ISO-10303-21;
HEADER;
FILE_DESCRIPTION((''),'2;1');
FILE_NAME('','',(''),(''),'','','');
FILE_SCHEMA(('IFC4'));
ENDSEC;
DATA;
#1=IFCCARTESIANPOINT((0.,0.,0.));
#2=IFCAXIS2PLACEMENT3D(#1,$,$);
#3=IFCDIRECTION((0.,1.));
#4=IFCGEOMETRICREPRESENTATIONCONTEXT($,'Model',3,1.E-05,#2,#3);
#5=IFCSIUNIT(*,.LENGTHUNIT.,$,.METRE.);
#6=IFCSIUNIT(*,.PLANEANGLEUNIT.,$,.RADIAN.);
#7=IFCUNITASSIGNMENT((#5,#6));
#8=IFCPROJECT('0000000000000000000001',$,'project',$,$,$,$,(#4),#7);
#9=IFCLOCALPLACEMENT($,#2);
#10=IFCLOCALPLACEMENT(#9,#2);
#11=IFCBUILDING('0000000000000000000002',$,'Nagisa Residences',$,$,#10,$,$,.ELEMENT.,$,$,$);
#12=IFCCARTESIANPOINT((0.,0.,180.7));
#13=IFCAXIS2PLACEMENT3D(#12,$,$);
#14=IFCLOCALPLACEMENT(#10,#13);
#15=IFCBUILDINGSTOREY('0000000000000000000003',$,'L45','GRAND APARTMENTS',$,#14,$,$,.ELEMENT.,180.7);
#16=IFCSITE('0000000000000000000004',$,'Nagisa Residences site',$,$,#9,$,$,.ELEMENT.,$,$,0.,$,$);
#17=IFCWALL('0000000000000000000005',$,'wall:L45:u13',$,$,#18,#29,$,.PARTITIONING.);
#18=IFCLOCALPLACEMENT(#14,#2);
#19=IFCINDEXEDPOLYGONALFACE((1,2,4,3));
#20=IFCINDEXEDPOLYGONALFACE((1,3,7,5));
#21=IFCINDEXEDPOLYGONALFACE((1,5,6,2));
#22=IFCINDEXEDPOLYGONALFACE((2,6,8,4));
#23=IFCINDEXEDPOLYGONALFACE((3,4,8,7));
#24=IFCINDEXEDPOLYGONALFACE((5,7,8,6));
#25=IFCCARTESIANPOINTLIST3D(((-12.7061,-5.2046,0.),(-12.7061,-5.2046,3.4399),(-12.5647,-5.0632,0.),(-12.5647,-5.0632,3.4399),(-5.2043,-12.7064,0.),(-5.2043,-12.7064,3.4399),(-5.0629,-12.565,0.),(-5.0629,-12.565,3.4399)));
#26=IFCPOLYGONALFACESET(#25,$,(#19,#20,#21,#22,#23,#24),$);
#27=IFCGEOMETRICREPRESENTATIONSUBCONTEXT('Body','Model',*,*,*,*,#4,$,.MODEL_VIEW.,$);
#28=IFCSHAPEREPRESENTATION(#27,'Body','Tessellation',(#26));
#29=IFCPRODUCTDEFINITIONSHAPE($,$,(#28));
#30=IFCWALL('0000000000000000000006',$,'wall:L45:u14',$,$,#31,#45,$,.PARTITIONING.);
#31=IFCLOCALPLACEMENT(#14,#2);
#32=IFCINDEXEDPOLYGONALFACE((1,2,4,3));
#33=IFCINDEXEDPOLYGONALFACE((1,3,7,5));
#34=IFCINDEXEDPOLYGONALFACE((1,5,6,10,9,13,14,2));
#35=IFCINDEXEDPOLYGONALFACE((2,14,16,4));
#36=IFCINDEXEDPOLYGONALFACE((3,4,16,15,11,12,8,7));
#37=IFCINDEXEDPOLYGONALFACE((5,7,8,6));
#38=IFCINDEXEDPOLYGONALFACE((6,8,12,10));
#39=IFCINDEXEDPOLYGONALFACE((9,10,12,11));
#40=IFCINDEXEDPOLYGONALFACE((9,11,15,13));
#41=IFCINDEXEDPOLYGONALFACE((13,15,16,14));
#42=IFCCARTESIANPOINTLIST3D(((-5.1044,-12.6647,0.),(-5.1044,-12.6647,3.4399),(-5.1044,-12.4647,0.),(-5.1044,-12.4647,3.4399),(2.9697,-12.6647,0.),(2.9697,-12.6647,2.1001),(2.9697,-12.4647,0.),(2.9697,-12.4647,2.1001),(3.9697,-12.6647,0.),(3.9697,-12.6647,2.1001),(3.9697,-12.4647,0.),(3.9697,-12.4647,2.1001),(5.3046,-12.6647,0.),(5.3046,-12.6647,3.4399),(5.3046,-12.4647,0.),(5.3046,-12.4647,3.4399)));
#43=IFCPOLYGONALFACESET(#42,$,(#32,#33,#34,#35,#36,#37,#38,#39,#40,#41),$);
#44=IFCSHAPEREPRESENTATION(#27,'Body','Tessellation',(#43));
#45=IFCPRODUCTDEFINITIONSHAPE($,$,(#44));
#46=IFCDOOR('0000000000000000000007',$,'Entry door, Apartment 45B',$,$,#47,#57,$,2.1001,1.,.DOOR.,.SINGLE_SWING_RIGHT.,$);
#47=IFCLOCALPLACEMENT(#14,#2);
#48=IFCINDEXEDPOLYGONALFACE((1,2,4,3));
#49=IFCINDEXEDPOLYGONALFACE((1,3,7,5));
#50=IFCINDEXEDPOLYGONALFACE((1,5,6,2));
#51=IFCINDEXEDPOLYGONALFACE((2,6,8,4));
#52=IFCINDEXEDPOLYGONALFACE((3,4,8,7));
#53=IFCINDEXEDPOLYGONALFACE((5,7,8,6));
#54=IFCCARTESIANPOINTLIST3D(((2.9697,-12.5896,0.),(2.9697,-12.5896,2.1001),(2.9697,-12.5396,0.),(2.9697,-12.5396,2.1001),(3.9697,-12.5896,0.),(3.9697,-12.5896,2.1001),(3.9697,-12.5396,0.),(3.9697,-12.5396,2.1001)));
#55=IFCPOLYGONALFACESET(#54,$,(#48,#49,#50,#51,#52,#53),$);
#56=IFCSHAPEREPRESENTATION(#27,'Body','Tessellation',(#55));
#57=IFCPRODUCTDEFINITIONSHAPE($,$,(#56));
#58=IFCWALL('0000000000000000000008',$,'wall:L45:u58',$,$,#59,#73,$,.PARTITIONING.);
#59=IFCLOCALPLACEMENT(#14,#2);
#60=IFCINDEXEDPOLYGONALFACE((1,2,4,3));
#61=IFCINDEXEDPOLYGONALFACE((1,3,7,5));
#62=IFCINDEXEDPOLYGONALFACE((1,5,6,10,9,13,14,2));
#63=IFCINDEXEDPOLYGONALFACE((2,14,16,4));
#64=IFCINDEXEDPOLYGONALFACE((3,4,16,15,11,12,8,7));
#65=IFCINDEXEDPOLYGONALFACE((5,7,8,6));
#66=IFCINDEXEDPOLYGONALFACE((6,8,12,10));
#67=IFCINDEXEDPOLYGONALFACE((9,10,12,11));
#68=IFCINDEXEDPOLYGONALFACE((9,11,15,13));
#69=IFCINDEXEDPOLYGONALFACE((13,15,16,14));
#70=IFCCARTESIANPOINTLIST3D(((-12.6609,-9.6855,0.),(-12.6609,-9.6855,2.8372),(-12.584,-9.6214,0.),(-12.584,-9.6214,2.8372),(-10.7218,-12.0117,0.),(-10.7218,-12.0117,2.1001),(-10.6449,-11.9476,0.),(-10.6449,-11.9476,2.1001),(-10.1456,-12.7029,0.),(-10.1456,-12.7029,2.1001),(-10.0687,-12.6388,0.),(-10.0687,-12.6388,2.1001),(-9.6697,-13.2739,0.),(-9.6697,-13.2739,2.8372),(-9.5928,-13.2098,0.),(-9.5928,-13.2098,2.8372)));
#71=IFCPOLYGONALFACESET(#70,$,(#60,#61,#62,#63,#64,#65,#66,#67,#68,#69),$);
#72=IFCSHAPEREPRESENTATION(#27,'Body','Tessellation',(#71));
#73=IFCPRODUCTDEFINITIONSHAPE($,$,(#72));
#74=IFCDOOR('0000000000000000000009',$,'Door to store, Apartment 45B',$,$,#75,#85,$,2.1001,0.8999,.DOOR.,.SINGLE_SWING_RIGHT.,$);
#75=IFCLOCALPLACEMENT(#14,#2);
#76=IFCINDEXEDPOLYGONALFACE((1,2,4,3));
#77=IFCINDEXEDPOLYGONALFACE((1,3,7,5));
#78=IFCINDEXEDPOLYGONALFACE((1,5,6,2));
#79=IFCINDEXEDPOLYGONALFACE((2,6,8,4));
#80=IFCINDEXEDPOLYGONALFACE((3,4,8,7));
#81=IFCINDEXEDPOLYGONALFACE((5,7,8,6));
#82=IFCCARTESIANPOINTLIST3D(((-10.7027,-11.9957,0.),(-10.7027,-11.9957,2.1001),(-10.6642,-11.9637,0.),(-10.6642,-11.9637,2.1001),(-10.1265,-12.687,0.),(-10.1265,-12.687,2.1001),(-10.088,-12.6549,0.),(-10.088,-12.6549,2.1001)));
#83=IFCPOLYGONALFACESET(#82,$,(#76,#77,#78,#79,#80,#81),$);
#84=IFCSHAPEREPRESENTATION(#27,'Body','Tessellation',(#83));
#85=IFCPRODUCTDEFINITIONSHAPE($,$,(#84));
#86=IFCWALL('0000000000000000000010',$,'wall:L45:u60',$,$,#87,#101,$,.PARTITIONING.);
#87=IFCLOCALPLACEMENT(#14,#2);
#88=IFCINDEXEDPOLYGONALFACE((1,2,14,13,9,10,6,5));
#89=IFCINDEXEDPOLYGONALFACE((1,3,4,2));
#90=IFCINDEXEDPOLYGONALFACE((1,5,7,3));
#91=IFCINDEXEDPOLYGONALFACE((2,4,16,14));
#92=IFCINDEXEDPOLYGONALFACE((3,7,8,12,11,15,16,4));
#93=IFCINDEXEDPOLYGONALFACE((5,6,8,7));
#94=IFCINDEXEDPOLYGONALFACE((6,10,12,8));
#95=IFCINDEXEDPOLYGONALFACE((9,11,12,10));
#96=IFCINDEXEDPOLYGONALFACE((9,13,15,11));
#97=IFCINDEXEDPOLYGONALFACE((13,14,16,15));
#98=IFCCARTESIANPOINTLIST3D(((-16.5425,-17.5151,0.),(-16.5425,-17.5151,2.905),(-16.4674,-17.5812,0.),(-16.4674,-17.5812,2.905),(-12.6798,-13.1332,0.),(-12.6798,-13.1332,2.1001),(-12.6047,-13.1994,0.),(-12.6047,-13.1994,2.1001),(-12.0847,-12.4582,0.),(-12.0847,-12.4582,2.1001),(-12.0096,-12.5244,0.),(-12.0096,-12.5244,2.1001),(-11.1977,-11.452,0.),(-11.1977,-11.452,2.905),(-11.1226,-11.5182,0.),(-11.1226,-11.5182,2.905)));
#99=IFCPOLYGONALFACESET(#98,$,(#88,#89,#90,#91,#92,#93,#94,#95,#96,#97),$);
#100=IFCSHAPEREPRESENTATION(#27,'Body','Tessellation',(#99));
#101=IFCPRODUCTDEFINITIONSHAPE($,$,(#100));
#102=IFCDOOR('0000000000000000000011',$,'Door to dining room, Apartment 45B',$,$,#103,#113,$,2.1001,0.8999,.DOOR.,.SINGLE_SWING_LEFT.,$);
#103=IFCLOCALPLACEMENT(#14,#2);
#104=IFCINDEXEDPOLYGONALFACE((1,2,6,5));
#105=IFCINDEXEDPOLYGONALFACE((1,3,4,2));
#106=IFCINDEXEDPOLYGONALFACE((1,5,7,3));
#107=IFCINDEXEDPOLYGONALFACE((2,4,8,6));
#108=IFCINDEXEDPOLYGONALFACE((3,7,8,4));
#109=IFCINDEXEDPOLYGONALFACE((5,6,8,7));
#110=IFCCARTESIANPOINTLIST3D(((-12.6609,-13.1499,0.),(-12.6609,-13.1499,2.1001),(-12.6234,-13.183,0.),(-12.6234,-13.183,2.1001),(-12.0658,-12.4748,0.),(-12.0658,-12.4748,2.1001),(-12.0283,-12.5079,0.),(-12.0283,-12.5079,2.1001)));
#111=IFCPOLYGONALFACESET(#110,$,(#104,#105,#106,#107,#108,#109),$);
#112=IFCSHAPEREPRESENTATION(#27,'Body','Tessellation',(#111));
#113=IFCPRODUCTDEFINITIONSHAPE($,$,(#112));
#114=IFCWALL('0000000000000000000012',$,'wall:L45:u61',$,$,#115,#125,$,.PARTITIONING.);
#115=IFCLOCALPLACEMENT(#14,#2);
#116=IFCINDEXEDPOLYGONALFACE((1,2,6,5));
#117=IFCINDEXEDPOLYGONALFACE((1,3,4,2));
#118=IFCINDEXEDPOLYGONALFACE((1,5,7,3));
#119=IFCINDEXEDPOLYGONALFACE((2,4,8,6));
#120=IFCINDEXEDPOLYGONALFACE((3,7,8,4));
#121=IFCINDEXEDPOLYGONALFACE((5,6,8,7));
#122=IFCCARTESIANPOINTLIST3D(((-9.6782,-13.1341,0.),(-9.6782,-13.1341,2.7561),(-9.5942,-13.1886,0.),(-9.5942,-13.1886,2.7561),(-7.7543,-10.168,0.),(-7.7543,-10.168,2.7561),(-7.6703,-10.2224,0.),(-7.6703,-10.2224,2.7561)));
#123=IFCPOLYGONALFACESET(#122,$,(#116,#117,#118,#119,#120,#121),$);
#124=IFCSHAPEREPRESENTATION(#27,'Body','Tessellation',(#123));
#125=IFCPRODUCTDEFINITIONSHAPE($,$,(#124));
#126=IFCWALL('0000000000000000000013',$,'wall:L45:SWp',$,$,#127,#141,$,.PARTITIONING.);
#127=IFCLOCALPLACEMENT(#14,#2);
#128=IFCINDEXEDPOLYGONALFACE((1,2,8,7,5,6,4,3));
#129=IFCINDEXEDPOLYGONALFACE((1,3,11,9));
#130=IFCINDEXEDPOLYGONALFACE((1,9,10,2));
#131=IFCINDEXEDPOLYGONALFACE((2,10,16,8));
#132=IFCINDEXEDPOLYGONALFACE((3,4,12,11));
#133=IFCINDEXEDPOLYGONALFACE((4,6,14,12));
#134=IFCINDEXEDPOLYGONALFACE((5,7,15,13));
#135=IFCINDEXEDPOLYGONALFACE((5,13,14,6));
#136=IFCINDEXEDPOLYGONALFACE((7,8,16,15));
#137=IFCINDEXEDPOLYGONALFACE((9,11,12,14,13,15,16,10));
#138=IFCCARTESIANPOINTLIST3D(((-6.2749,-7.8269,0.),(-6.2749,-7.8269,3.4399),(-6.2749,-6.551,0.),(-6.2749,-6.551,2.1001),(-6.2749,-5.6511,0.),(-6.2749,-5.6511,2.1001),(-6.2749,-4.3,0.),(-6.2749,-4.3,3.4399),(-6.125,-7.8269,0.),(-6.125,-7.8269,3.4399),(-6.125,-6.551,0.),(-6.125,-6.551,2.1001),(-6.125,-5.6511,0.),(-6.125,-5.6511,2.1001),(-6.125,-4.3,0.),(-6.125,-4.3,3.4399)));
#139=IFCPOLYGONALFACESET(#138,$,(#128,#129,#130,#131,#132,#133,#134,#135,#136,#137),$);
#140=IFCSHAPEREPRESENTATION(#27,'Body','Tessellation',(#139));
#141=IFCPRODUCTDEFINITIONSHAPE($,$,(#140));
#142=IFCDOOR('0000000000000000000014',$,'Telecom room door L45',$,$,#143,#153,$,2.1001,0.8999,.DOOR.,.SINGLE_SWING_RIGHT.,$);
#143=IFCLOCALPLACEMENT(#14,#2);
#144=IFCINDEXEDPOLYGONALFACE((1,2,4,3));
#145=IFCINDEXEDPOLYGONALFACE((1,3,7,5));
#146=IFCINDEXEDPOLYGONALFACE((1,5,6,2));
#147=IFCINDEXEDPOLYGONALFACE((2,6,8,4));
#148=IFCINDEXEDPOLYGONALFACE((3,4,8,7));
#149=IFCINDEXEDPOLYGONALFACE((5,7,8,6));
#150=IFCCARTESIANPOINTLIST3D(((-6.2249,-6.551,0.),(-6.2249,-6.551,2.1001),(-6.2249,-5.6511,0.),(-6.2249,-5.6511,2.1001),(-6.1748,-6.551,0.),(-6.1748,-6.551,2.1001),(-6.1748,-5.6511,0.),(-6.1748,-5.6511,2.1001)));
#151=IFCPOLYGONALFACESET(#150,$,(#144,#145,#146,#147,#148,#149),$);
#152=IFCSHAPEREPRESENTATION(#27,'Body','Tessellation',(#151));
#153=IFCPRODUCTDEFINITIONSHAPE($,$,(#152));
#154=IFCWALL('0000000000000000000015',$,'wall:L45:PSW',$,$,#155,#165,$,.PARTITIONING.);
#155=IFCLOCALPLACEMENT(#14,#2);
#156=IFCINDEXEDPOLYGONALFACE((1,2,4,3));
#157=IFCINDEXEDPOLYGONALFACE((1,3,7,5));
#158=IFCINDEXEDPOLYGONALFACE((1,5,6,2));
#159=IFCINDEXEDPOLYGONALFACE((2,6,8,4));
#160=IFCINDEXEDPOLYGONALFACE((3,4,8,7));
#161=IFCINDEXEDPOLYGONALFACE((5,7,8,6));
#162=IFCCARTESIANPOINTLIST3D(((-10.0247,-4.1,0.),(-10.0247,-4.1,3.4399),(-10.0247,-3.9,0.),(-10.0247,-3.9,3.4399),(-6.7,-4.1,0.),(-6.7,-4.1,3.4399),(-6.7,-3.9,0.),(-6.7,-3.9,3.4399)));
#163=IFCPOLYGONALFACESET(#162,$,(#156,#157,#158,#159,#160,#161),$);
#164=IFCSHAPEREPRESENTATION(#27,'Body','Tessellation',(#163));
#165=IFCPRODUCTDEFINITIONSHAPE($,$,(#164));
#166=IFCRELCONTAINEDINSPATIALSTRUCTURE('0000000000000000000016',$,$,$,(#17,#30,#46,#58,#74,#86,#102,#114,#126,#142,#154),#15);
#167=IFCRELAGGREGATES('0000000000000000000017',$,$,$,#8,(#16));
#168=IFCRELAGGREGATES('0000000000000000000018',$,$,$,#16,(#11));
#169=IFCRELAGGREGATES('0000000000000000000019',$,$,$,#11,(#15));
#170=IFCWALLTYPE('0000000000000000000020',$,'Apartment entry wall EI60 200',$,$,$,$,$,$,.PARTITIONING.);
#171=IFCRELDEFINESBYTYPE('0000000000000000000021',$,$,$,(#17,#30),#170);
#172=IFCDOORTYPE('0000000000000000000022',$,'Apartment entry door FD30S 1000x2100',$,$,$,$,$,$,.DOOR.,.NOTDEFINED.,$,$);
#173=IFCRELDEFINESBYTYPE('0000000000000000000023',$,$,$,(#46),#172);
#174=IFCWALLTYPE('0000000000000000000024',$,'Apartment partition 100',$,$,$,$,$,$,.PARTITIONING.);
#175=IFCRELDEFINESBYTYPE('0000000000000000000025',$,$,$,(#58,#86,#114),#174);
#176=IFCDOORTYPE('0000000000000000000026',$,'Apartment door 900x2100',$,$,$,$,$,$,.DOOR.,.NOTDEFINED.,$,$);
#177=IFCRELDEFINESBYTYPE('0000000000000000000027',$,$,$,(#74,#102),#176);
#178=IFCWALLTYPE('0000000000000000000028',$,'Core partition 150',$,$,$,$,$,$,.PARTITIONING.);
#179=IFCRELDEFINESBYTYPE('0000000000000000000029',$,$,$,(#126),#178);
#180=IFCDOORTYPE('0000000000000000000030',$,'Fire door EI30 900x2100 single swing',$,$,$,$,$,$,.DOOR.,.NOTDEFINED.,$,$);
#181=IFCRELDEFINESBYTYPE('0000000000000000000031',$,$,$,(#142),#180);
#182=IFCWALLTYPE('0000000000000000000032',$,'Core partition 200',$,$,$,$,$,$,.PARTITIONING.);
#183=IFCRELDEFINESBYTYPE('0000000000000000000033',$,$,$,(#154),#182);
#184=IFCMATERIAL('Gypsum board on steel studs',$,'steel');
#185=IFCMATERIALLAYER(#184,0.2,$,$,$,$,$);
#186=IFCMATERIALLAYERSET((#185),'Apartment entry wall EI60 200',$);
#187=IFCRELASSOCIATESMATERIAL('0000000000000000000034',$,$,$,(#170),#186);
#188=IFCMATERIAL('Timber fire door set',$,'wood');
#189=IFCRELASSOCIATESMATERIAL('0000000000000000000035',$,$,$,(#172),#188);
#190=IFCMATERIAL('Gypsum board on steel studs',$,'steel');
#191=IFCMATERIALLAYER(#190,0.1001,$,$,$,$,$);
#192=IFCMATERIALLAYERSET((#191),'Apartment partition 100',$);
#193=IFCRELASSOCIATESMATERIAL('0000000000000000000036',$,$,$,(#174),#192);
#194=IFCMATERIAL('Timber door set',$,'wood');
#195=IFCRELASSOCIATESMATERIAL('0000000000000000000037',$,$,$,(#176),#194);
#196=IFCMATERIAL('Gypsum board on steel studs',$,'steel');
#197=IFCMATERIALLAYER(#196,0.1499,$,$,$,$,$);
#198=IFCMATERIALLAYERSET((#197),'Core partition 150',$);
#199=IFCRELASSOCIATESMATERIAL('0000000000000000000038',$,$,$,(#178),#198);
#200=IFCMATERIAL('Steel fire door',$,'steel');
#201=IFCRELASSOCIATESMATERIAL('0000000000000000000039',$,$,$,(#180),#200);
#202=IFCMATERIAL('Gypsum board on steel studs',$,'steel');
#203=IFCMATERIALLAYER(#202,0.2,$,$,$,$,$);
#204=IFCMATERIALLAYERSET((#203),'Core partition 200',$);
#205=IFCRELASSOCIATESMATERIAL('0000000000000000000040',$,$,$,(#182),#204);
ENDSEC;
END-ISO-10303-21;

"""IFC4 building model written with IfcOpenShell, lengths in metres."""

from ifc_helpers import new_model, si_unit, direction, frame, frame_2d, origin, place, context, subcontext, project, spatial, rectangle, extrude, material, layer, layer_set, type_object, element, fill, save


model = new_model("IFC4")

# Units and contexts
model_context = context("Model", 3, precision=1e-05, world=origin(), true_north=direction((0.0, 1.0)))
body_context = subcontext(model_context, "Body", "Model", "MODEL_VIEW")
ifc_project = project(units=[si_unit("LENGTHUNIT", "METRE"), si_unit("PLANEANGLEUNIT", "RADIAN")], contexts=[model_context])

# Site, building, storey
site_placement = place(None, origin())
site = spatial("IfcSite", under=ifc_project, at=site_placement, Name="Nagisa Residences site", CompositionType="ELEMENT", RefElevation=0.0)
building_placement = place(site_placement, origin())
building = spatial("IfcBuilding", under=site, at=building_placement, Name="Nagisa Residences", CompositionType="ELEMENT")
storey_placement = place(building_placement, frame((0.0, 0.0, 180.7)))
storey = spatial("IfcBuildingStorey", under=building, at=storey_placement, Name="L45", Description="GRAND APARTMENTS", CompositionType="ELEMENT", Elevation=180.7)

# Wall
ifc_material_1 = material(Name="Gypsum board on steel studs", Category="steel")
ifc_layer_1 = layer(ifc_material_1, 0.2)
ifc_layer_set_1 = layer_set([ifc_layer_1], Name="Apartment entry wall EI60 200")
wall_type_1 = type_object("IfcWallType", Name="Apartment entry wall EI60 200", PredefinedType="PARTITIONING", material=ifc_layer_set_1)
wall_1_placement = place(storey_placement, frame((-12.6355, -5.1338, 0.0), z_axis=(0.0, 0.0, 1.0), x_axis=(0.707107, -0.707107, 0.0)))
element("IfcWall", 1, at=wall_1_placement, inside=storey, type_object=wall_type_1, Name="wall:L45:u13", PredefinedType="PARTITIONING", context=body_context, shape_type="SweptSolid", body=[
    extrude(rectangle(XDim=10.6091, YDim=0.2, at=frame_2d((5.3047, 0.0))), origin(), (0.0, 0.0, 1.0), 3.4399),
])

# Walls, openings, doors
wall_2_placement = place(storey_placement, frame((-5.1045, -12.5647, 0.0), z_axis=(0.0, 0.0, 1.0), x_axis=(1.0, 0.0, 0.0)))
wall_2 = element("IfcWall", 2, at=wall_2_placement, inside=storey, type_object=wall_type_1, Name="wall:L45:u14", PredefinedType="PARTITIONING", context=body_context, shape_type="SweptSolid", body=[
    extrude(rectangle(XDim=10.4089, YDim=0.2, at=frame_2d((5.2046, 0.0))), origin(), (0.0, 0.0, 1.0), 3.4399),
])
opening_1_placement = place(wall_2_placement, frame((8.0742, 0.0, 0.0)))
opening_1 = element("IfcOpeningElement", 3, at=opening_1_placement, cuts=wall_2, PredefinedType="OPENING", context=body_context, shape_type="SweptSolid", body=[
    extrude(rectangle(XDim=1.0, YDim=2.1001, at=frame_2d((0.5, 1.05))), frame((0.0, 0.1099, 0.0), z_axis=(0.0, -1.0, 0.0), x_axis=(1.0, 0.0, 0.0)), (0.0, 0.0, 1.0), 0.22),
])
ifc_material_2 = material(Name="Timber fire door set", Category="wood")
door_type_1 = type_object("IfcDoorType", Name="Apartment entry door FD30S 1000x2100", OperationType="NOTDEFINED", PredefinedType="DOOR", material=ifc_material_2)
door_1_placement = place(opening_1_placement, frame((1.0, 0.0, 0.0), x_axis=(-1.0, 0.0, 0.0)))
door_1 = element("IfcDoor", 4, at=door_1_placement, inside=storey, type_object=door_type_1, Name="Entry door, Apartment 45B", OperationType="SINGLE_SWING_RIGHT", OverallHeight=2.1001, OverallWidth=1.0, PredefinedType="DOOR", context=body_context, shape_type="SweptSolid", body=[
    extrude(rectangle(XDim=1.0, YDim=2.1001, at=frame_2d((0.5, 1.05))), frame((0.0, 0.0249, 0.0), z_axis=(0.0, -1.0, 0.0), x_axis=(1.0, 0.0, 0.0)), (0.0, 0.0, 1.0), 0.05),
])
fill(opening_1, door_1)
ifc_material_3 = material(Name="Gypsum board on steel studs", Category="steel")
ifc_layer_2 = layer(ifc_material_3, 0.1001)
ifc_layer_set_2 = layer_set([ifc_layer_2], Name="Apartment partition 100")
wall_type_2 = type_object("IfcWallType", Name="Apartment partition 100", PredefinedType="PARTITIONING", material=ifc_layer_set_2)
wall_3_placement = place(storey_placement, frame((-12.6226, -9.6533, 0.0), z_axis=(0.0, 0.0, 1.0), x_axis=(0.640297, -0.768127, 0.0)))
wall_3 = element("IfcWall", 5, at=wall_3_placement, inside=storey, type_object=wall_type_2, Name="wall:L45:u58", PredefinedType="PARTITIONING", context=body_context, shape_type="SweptSolid", body=[
    extrude(rectangle(XDim=4.6716, YDim=0.1001, at=frame_2d((2.3359, 0.0))), origin(), (0.0, 0.0, 1.0), 2.8372),
])
opening_2_placement = place(wall_3_placement, frame((3.0286, 0.0, 0.0)))
opening_2 = element("IfcOpeningElement", 6, at=opening_2_placement, cuts=wall_3, PredefinedType="OPENING", context=body_context, shape_type="SweptSolid", body=[
    extrude(rectangle(XDim=0.8999, YDim=2.1001, at=frame_2d((0.45, 1.05))), frame((0.0, 0.0601, 0.0), z_axis=(0.0, -1.0, 0.0), x_axis=(1.0, 0.0, 0.0)), (0.0, 0.0, 1.0), 0.1201),
])
ifc_material_4 = material(Name="Timber door set", Category="wood")
door_type_2 = type_object("IfcDoorType", Name="Apartment door 900x2100", OperationType="NOTDEFINED", PredefinedType="DOOR", material=ifc_material_4)
door_2_placement = place(opening_2_placement, origin())
door_2 = element("IfcDoor", 7, at=door_2_placement, inside=storey, type_object=door_type_2, Name="Door to store, Apartment 45B", OperationType="SINGLE_SWING_RIGHT", OverallHeight=2.1001, OverallWidth=0.8999, PredefinedType="DOOR", context=body_context, shape_type="SweptSolid", body=[
    extrude(rectangle(XDim=0.8999, YDim=2.1001, at=frame_2d((0.45, 1.05))), frame((0.0, 0.0249, 0.0), z_axis=(0.0, -1.0, 0.0), x_axis=(1.0, 0.0, 0.0)), (0.0, 0.0, 1.0), 0.05),
])
fill(opening_2, door_2)
wall_4_placement = place(storey_placement, frame((-11.1602, -11.4851, 0.0), z_axis=(0.0, 0.0, 1.0), x_axis=(-0.661276, -0.750143, 0.0)))
wall_4 = element("IfcWall", 8, at=wall_4_placement, inside=storey, type_object=wall_type_2, Name="wall:L45:u60", PredefinedType="PARTITIONING", context=body_context, shape_type="SweptSolid", body=[
    extrude(rectangle(XDim=8.0825, YDim=0.1001, at=frame_2d((4.0413, 0.0))), origin(), (0.0, 0.0, 1.0), 2.905),
])
opening_3_placement = place(wall_4_placement, frame((1.3413, 0.0, 0.0)))
opening_3 = element("IfcOpeningElement", 9, at=opening_3_placement, cuts=wall_4, PredefinedType="OPENING", context=body_context, shape_type="SweptSolid", body=[
    extrude(rectangle(XDim=0.8999, YDim=2.1001, at=frame_2d((0.45, 1.05))), frame((0.0, 0.0601, 0.0), z_axis=(0.0, -1.0, 0.0), x_axis=(1.0, 0.0, 0.0)), (0.0, 0.0, 1.0), 0.1201),
])
door_3_placement = place(opening_3_placement, frame((0.8999, 0.0, 0.0), x_axis=(-1.0, 0.0, 0.0)))
door_3 = element("IfcDoor", 10, at=door_3_placement, inside=storey, type_object=door_type_2, Name="Door to dining room, Apartment 45B", OperationType="SINGLE_SWING_LEFT", OverallHeight=2.1001, OverallWidth=0.8999, PredefinedType="DOOR", context=body_context, shape_type="SweptSolid", body=[
    extrude(rectangle(XDim=0.8999, YDim=2.1001, at=frame_2d((0.45, 1.05))), frame((0.0, 0.0249, 0.0), z_axis=(0.0, -1.0, 0.0), x_axis=(1.0, 0.0, 0.0)), (0.0, 0.0, 1.0), 0.05),
])
fill(opening_3, door_3)

# Wall
wall_5_placement = place(storey_placement, frame((-7.7124, -10.1953, 0.0), z_axis=(0.0, 0.0, 1.0), x_axis=(-0.54417, -0.838975, 0.0)))
element("IfcWall", 11, at=wall_5_placement, inside=storey, type_object=wall_type_2, Name="wall:L45:u61", PredefinedType="PARTITIONING", context=body_context, shape_type="SweptSolid", body=[
    extrude(rectangle(XDim=3.5354, YDim=0.1001, at=frame_2d((1.7676, 0.0))), origin(), (0.0, 0.0, 1.0), 2.7561),
])

# Wall, opening, door
ifc_material_5 = material(Name="Gypsum board on steel studs", Category="steel")
ifc_layer_3 = layer(ifc_material_5, 0.1499)
ifc_layer_set_3 = layer_set([ifc_layer_3], Name="Core partition 150")
wall_type_3 = type_object("IfcWallType", Name="Core partition 150", PredefinedType="PARTITIONING", material=ifc_layer_set_3)
wall_6_placement = place(storey_placement, frame((-6.2, -7.8269, 0.0), z_axis=(0.0, 0.0, 1.0), x_axis=(0.0, 1.0, 0.0)))
wall_6 = element("IfcWall", 12, at=wall_6_placement, inside=storey, type_object=wall_type_3, Name="wall:L45:SWp", PredefinedType="PARTITIONING", context=body_context, shape_type="SweptSolid", body=[
    extrude(rectangle(XDim=3.5269, YDim=0.1499, at=frame_2d((1.7634, 0.0))), origin(), (0.0, 0.0, 1.0), 3.4399),
])
opening_4_placement = place(wall_6_placement, frame((1.2759, 0.0, 0.0)))
opening_4 = element("IfcOpeningElement", 13, at=opening_4_placement, cuts=wall_6, PredefinedType="OPENING", context=body_context, shape_type="SweptSolid", body=[
    extrude(rectangle(XDim=0.8999, YDim=2.1001, at=frame_2d((0.45, 1.05))), frame((0.0, 0.085, 0.0), z_axis=(0.0, -1.0, 0.0), x_axis=(1.0, 0.0, 0.0)), (0.0, 0.0, 1.0), 0.1699),
])
ifc_material_6 = material(Name="Steel fire door", Category="steel")
door_type_3 = type_object("IfcDoorType", Name="Fire door EI30 900x2100 single swing", OperationType="NOTDEFINED", PredefinedType="DOOR", material=ifc_material_6)
door_4_placement = place(opening_4_placement, origin())
door_4 = element("IfcDoor", 14, at=door_4_placement, inside=storey, type_object=door_type_3, Name="Telecom room door L45", OperationType="SINGLE_SWING_RIGHT", OverallHeight=2.1001, OverallWidth=0.8999, PredefinedType="DOOR", context=body_context, shape_type="SweptSolid", body=[
    extrude(rectangle(XDim=0.8999, YDim=2.1001, at=frame_2d((0.45, 1.05))), frame((0.0, 0.0249, 0.0), z_axis=(0.0, -1.0, 0.0), x_axis=(1.0, 0.0, 0.0)), (0.0, 0.0, 1.0), 0.05),
])
fill(opening_4, door_4)

# Wall
ifc_material_7 = material(Name="Gypsum board on steel studs", Category="steel")
ifc_layer_4 = layer(ifc_material_7, 0.2)
ifc_layer_set_4 = layer_set([ifc_layer_4], Name="Core partition 200")
wall_type_4 = type_object("IfcWallType", Name="Core partition 200", PredefinedType="PARTITIONING", material=ifc_layer_set_4)
wall_7_placement = place(storey_placement, frame((-10.0247, -4.0, 0.0), z_axis=(0.0, 0.0, 1.0), x_axis=(1.0, 0.0, 0.0)))
element("IfcWall", 15, at=wall_7_placement, inside=storey, type_object=wall_type_4, Name="wall:L45:PSW", PredefinedType="PARTITIONING", context=body_context, shape_type="SweptSolid", body=[
    extrude(rectangle(XDim=3.3247, YDim=0.2, at=frame_2d((1.6624, 0.0))), origin(), (0.0, 0.0, 1.0), 3.4399),
])

save(model, "model.ifc")
